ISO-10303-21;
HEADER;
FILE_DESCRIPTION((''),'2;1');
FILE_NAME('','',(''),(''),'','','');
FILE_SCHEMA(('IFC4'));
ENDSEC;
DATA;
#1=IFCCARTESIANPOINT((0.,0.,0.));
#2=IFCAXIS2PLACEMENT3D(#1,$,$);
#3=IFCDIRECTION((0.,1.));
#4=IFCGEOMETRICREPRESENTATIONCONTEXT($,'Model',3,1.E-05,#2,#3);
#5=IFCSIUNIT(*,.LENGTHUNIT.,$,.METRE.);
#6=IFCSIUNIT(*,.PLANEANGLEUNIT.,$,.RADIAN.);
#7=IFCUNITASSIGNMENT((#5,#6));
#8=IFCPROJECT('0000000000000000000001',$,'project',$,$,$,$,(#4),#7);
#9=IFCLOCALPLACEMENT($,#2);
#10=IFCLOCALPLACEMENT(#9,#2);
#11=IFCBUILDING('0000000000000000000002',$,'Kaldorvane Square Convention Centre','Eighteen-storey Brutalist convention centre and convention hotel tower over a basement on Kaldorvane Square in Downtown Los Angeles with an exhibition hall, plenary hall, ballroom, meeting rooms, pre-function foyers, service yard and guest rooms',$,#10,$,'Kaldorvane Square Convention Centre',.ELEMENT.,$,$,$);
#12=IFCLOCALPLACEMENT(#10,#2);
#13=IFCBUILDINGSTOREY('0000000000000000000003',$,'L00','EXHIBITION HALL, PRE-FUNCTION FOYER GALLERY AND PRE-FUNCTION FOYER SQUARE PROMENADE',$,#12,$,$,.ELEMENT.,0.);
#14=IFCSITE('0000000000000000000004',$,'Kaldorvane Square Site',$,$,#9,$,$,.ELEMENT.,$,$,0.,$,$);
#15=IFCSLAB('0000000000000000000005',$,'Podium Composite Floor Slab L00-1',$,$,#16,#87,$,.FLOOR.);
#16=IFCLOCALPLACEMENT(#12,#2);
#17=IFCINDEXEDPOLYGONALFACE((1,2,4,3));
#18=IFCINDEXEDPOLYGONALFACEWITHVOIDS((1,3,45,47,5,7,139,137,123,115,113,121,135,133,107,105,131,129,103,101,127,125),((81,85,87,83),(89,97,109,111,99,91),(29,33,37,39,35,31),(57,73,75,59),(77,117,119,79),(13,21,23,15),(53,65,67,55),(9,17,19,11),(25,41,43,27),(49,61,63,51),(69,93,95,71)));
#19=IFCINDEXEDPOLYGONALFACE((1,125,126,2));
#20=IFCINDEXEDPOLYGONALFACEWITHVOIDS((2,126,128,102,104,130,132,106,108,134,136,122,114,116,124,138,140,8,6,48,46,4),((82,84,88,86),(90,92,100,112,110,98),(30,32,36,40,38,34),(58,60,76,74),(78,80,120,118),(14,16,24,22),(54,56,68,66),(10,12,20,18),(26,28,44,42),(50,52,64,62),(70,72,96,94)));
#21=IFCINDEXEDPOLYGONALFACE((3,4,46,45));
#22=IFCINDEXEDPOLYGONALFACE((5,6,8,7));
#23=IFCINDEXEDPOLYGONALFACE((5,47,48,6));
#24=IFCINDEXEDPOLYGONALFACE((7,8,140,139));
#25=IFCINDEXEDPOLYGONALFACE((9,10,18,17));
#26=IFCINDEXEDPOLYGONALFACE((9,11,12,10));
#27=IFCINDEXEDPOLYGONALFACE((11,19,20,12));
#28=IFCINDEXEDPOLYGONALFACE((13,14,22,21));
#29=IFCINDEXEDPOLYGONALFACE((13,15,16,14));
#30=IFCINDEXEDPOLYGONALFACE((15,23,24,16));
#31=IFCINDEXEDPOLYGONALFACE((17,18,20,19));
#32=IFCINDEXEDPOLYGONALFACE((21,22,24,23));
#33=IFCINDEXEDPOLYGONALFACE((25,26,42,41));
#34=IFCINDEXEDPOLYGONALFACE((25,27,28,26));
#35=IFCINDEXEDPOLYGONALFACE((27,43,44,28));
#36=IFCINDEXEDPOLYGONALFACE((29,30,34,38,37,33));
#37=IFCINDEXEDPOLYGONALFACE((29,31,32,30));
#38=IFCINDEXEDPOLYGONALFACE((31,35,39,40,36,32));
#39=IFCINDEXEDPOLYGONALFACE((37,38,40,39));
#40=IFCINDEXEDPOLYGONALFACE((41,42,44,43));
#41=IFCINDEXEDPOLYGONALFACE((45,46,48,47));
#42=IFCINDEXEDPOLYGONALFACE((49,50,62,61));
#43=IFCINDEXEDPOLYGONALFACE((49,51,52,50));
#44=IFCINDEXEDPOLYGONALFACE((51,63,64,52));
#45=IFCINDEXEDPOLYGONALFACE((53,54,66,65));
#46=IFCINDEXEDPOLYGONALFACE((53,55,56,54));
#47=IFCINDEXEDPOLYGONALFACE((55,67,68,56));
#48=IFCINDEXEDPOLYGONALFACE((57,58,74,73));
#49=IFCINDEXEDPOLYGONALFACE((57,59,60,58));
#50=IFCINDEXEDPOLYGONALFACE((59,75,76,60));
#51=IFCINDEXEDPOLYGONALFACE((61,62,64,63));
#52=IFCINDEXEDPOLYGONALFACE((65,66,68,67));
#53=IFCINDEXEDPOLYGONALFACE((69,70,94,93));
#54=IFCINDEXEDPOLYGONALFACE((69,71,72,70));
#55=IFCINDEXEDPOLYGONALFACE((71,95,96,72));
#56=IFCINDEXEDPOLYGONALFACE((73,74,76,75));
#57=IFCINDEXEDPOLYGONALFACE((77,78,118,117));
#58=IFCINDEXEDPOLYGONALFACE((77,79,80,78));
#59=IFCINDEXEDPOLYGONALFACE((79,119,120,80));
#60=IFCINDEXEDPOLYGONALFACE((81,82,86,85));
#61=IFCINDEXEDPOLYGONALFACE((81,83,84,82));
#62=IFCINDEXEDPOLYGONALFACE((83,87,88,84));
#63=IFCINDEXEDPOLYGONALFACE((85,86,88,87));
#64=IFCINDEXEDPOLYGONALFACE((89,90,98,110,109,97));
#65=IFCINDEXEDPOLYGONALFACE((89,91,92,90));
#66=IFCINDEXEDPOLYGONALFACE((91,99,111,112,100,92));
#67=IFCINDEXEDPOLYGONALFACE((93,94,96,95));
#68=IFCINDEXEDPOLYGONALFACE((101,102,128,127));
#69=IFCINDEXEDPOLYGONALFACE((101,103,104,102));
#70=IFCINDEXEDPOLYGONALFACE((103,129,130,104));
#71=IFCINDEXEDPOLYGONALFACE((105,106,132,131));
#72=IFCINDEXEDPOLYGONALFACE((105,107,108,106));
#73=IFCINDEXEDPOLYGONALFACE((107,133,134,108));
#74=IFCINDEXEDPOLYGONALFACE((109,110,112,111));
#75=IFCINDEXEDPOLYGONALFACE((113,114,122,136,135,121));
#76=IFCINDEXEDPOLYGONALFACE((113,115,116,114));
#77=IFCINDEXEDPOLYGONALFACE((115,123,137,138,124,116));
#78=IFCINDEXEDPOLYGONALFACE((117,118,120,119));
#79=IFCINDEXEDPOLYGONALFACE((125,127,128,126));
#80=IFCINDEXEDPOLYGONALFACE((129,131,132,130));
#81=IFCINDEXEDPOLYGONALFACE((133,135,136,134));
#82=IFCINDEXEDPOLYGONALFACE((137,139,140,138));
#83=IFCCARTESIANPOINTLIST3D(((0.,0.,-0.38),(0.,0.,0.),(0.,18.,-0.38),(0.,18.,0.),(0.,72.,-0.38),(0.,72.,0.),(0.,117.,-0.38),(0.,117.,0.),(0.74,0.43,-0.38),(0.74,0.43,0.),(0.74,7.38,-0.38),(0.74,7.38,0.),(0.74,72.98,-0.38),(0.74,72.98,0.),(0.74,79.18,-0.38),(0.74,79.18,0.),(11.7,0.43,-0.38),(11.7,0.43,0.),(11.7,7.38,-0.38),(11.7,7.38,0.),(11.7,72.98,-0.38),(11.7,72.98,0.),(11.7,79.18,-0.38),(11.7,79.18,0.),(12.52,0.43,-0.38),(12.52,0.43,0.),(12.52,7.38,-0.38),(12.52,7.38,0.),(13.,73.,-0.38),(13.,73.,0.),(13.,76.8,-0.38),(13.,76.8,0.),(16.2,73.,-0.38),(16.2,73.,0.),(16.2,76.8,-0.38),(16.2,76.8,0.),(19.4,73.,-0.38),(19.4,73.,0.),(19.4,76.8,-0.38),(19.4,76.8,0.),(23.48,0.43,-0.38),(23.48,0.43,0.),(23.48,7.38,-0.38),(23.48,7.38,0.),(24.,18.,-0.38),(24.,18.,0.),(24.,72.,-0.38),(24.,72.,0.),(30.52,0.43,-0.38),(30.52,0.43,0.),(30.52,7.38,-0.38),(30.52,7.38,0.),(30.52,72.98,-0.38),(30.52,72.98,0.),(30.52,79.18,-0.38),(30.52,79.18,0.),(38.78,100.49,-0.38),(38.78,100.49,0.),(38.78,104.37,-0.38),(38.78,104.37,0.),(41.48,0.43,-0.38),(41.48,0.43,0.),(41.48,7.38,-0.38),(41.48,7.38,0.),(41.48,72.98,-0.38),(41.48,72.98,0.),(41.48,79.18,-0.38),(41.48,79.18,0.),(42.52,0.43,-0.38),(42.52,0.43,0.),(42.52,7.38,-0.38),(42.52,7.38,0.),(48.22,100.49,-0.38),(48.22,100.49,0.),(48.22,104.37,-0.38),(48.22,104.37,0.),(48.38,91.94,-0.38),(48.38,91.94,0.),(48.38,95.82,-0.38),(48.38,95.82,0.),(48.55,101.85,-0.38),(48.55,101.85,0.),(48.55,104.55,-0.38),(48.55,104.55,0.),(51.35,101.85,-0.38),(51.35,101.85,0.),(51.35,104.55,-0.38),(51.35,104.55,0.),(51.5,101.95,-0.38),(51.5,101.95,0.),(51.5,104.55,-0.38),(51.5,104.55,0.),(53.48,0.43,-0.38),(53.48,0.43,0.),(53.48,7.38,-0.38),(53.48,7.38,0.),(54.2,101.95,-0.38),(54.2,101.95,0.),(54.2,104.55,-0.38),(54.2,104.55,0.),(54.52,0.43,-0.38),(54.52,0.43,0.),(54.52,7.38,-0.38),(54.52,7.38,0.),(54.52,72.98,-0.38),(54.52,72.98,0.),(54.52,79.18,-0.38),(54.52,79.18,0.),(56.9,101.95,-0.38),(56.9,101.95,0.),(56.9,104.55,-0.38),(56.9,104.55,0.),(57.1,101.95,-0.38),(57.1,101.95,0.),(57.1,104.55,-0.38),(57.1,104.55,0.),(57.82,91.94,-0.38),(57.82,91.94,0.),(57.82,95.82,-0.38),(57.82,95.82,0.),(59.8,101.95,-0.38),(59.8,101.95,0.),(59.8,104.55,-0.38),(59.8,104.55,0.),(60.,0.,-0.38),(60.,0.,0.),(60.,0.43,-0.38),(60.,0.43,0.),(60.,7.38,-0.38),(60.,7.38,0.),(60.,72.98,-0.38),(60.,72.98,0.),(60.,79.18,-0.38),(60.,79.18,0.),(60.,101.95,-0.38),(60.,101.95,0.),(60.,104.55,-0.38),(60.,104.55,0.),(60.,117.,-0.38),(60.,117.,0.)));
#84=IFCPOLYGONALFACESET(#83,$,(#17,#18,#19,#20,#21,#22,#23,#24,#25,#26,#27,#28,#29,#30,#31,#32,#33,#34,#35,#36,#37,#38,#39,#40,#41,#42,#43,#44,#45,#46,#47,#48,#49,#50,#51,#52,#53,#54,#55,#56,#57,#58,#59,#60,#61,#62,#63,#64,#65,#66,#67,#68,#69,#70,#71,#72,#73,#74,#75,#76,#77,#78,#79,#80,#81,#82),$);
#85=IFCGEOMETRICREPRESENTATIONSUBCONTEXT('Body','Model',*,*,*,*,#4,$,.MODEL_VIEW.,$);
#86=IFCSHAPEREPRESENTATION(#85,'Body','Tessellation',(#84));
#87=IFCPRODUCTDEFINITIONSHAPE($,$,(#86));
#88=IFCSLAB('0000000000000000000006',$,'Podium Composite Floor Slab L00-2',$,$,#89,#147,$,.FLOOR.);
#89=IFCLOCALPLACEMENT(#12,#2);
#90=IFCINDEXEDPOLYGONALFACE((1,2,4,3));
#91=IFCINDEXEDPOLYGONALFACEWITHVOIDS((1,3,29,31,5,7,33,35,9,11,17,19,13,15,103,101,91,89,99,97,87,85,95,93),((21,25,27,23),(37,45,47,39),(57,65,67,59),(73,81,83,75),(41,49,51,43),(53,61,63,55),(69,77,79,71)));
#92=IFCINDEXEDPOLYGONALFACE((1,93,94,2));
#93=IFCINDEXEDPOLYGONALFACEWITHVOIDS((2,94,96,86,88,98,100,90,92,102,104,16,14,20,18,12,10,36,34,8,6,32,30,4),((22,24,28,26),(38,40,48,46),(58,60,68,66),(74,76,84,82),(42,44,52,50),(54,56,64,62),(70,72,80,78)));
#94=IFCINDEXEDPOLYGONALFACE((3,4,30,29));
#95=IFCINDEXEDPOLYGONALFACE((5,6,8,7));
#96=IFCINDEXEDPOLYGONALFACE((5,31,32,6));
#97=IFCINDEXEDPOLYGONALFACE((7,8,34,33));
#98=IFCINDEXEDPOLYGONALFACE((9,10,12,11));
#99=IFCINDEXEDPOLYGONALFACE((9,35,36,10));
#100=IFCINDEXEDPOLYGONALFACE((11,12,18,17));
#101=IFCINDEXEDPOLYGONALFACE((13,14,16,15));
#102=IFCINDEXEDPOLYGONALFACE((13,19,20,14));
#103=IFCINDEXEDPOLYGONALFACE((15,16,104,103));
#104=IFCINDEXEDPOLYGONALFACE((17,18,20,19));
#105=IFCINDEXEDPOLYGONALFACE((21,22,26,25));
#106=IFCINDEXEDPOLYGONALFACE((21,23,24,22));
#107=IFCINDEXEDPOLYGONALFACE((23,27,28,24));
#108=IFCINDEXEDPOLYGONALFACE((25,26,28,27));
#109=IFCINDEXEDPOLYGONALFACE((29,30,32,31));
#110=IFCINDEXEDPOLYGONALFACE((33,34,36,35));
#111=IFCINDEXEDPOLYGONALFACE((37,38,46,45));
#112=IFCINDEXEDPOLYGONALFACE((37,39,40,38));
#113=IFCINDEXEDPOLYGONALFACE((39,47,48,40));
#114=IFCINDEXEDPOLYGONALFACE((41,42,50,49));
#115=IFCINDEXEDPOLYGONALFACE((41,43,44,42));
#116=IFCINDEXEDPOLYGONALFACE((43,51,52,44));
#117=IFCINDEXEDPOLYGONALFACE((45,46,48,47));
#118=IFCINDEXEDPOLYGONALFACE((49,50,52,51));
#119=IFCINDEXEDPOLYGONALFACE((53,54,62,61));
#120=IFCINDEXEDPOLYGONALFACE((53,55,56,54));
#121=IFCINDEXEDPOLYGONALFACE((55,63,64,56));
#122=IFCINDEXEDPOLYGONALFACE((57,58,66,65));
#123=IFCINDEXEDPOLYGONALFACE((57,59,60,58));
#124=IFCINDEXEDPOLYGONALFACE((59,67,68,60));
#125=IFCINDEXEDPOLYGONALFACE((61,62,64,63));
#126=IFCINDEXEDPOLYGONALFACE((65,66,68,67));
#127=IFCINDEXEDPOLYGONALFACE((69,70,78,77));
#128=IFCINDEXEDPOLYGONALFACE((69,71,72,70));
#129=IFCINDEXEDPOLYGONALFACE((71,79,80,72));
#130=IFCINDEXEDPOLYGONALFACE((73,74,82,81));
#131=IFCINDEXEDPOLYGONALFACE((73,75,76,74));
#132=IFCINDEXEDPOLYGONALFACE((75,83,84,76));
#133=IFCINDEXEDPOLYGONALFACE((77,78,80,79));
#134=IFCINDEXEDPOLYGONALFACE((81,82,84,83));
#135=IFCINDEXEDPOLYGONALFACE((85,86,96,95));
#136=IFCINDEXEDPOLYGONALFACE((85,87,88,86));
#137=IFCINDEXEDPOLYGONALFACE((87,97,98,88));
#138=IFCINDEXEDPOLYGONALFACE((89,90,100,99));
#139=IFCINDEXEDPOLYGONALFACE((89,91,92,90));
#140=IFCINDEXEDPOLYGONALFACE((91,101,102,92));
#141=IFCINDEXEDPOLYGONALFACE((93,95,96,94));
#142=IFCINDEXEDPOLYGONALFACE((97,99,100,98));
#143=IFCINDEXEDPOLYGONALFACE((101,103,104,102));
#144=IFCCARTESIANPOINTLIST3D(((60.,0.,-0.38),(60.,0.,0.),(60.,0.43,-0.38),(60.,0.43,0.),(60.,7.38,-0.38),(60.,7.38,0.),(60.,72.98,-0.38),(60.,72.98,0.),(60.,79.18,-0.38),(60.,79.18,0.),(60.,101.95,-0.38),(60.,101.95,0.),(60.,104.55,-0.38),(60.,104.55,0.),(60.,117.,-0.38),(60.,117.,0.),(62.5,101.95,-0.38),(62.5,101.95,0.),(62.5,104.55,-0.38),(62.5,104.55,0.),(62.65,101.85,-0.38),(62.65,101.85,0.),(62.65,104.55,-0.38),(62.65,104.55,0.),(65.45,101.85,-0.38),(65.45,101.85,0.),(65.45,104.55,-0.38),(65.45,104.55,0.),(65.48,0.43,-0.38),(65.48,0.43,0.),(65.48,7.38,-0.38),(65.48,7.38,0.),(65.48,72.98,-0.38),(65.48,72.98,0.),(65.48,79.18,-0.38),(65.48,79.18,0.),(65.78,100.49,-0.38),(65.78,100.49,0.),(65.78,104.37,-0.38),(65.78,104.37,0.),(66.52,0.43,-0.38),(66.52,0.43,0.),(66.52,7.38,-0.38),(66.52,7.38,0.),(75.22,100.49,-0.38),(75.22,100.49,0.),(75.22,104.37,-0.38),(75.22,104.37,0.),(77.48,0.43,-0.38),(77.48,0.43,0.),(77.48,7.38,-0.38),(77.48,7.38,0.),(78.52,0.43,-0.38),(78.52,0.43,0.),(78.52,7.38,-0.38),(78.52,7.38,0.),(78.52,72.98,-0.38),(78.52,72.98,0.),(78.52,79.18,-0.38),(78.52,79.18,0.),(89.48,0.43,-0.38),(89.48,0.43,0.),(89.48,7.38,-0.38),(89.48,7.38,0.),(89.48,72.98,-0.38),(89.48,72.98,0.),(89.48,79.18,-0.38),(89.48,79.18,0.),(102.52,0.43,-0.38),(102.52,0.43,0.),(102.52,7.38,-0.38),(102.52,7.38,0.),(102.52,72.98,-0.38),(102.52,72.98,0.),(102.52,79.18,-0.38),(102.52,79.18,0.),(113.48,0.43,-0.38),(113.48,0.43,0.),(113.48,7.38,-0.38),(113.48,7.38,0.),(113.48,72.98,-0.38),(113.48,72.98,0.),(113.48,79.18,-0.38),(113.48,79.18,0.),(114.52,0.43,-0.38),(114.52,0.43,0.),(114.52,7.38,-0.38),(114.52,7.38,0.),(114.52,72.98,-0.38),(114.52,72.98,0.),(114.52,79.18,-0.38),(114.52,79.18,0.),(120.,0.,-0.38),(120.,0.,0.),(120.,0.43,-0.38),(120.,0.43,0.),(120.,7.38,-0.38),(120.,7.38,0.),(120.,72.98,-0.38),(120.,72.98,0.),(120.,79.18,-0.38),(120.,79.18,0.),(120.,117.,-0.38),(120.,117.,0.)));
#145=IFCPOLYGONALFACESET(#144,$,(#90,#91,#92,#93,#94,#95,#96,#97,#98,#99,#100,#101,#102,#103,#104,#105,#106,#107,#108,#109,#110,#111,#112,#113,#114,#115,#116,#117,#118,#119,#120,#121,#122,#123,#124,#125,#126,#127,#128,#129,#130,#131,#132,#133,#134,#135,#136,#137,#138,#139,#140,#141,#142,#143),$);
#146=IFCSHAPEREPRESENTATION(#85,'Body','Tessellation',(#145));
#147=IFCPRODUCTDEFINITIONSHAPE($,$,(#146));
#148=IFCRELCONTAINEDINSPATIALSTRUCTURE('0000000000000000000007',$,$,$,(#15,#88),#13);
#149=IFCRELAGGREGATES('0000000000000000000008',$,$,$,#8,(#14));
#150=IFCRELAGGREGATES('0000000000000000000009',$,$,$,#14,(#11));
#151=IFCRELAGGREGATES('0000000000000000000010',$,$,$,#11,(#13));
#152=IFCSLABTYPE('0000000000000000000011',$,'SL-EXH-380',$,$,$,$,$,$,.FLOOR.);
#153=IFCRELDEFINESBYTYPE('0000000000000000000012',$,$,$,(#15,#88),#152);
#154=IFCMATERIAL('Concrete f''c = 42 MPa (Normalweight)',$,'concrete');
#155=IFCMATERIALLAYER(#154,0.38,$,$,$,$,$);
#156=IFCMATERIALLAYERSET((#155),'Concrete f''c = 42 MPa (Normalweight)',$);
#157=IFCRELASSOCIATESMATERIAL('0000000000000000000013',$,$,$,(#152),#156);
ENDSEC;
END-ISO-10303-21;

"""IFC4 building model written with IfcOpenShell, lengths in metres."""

from ifc_helpers import new_model, si_unit, direction, frame, origin, place, context, subcontext, project, spatial, polyline, outline, extrude, material, layer, layer_set, type_object, element, save


model = new_model("IFC4")

# Units and contexts
model_context = context("Model", 3, precision=1e-05, world=origin(), true_north=direction((0.0, 1.0)))
body_context = subcontext(model_context, "Body", "Model", "MODEL_VIEW")
ifc_project = project(units=[si_unit("LENGTHUNIT", "METRE"), si_unit("PLANEANGLEUNIT", "RADIAN")], contexts=[model_context])

# Site, building, storey
site_placement = place(None, origin())
site = spatial("IfcSite", under=ifc_project, at=site_placement, Name="Kaldorvane Square Site", CompositionType="ELEMENT", RefElevation=0.0)
building_placement = place(site_placement, origin())
building = spatial("IfcBuilding", under=site, at=building_placement, Name="Kaldorvane Square Convention Centre", Description="Eighteen-storey Brutalist convention centre and convention hotel tower over a basement on Kaldorvane Square in Downtown Los Angeles with an exhibition hall, plenary hall, ballroom, meeting rooms, pre-function foyers, service yard and guest rooms", LongName="Kaldorvane Square Convention Centre", CompositionType="ELEMENT")
storey_placement = place(building_placement, origin())
storey = spatial("IfcBuildingStorey", under=building, at=storey_placement, Name="L00", Description="EXHIBITION HALL, PRE-FUNCTION FOYER GALLERY AND PRE-FUNCTION FOYER SQUARE PROMENADE", CompositionType="ELEMENT", Elevation=0.0)

# Shared definitions
ifc_material_1 = material(Name="Concrete f'c = 42 MPa (Normalweight)", Category="concrete")

# Slabs
ifc_layer_1 = layer(ifc_material_1, 0.38)
ifc_layer_set_1 = layer_set([ifc_layer_1], Name="Concrete f'c = 42 MPa (Normalweight)")
slab_type_1 = type_object("IfcSlabType", Name="SL-EXH-380", PredefinedType="FLOOR", material=ifc_layer_set_1)
slab_1_placement = place(storey_placement, frame((0.0, 0.0, -0.38)))
element("IfcSlab", 1, at=slab_1_placement, inside=storey, type_object=slab_type_1, Name="Podium Composite Floor Slab L00-1", PredefinedType="FLOOR", context=body_context, shape_type="SweptSolid", body=[
    extrude(outline(polyline([(24.0, 18.0), (24.0, 72.0), (0.0, 72.0), (0.0, 117.0), (60.0, 117.0), (60.0, 104.55), (59.8, 104.55), (57.1, 104.55), (57.1, 101.95), (59.8, 101.95), (60.0, 101.95), (60.0, 79.18), (54.52, 79.18), (54.52, 72.98), (60.0, 72.98), (60.0, 7.38), (54.52, 7.38), (54.52, 0.43), (60.0, 0.43), (60.0, 0.0), (0.0, 0.0), (0.0, 18.0), (24.0, 18.0)]), holes=[polyline([(11.7, 0.43), (11.7, 7.38), (0.74, 7.38), (0.74, 0.43), (11.7, 0.43)]), polyline([(23.48, 0.43), (23.48, 7.38), (12.52, 7.38), (12.52, 0.43), (23.48, 0.43)]), polyline([(41.48, 0.43), (41.48, 7.38), (30.52, 7.38), (30.52, 0.43), (41.48, 0.43)]), polyline([(53.48, 0.43), (53.48, 7.38), (42.52, 7.38), (42.52, 0.43), (53.48, 0.43)]), polyline([(19.4, 76.8), (16.2, 76.8), (13.0, 76.8), (13.0, 73.0), (16.2, 73.0), (19.4, 73.0), (19.4, 76.8)]), polyline([(11.7, 72.98), (11.7, 79.18), (0.74, 79.18), (0.74, 72.98), (11.7, 72.98)]), polyline([(41.48, 72.98), (41.48, 79.18), (30.52, 79.18), (30.52, 72.98), (41.48, 72.98)]), polyline([(57.82, 91.94), (57.82, 95.82), (48.38, 95.82), (48.38, 91.94), (57.82, 91.94)]), polyline([(48.22, 100.49), (48.22, 104.37), (38.78, 104.37), (38.78, 100.49), (48.22, 100.49)]), polyline([(51.35, 101.85), (51.35, 104.55), (48.55, 104.55), (48.55, 101.85), (51.35, 101.85)]), polyline([(56.9, 104.55), (54.2, 104.55), (51.5, 104.55), (51.5, 101.95), (54.2, 101.95), (56.9, 101.95), (56.9, 104.55)])]), origin(), (0.0, 0.0, 1.0), 0.38),
])
slab_2_placement = place(storey_placement, frame((0.0, 0.0, -0.38)))
element("IfcSlab", 2, at=slab_2_placement, inside=storey, type_object=slab_type_1, Name="Podium Composite Floor Slab L00-2", PredefinedType="FLOOR", context=body_context, shape_type="SweptSolid", body=[
    extrude(outline(polyline([(120.0, 117.0), (120.0, 79.18), (114.52, 79.18), (114.52, 72.98), (120.0, 72.98), (120.0, 7.38), (114.52, 7.38), (114.52, 0.43), (120.0, 0.43), (120.0, 0.0), (60.0, 0.0), (60.0, 0.43), (65.48, 0.43), (65.48, 7.38), (60.0, 7.38), (60.0, 72.98), (65.48, 72.98), (65.48, 79.18), (60.0, 79.18), (60.0, 101.95), (62.5, 101.95), (62.5, 104.55), (60.0, 104.55), (60.0, 117.0), (120.0, 117.0)]), holes=[polyline([(77.48, 0.43), (77.48, 7.38), (66.52, 7.38), (66.52, 0.43), (77.48, 0.43)]), polyline([(89.48, 0.43), (89.48, 7.38), (78.52, 7.38), (78.52, 0.43), (89.48, 0.43)]), polyline([(113.48, 0.43), (113.48, 7.38), (102.52, 7.38), (102.52, 0.43), (113.48, 0.43)]), polyline([(89.48, 72.98), (89.48, 79.18), (78.52, 79.18), (78.52, 72.98), (89.48, 72.98)]), polyline([(113.48, 72.98), (113.48, 79.18), (102.52, 79.18), (102.52, 72.98), (113.48, 72.98)]), polyline([(65.78, 100.49), (75.22, 100.49), (75.22, 104.37), (65.78, 104.37), (65.78, 100.49)]), polyline([(62.65, 101.85), (65.45, 101.85), (65.45, 104.55), (62.65, 104.55), (62.65, 101.85)])]), origin(), (0.0, 0.0, 1.0), 0.38),
])

save(model, "model.ifc")
